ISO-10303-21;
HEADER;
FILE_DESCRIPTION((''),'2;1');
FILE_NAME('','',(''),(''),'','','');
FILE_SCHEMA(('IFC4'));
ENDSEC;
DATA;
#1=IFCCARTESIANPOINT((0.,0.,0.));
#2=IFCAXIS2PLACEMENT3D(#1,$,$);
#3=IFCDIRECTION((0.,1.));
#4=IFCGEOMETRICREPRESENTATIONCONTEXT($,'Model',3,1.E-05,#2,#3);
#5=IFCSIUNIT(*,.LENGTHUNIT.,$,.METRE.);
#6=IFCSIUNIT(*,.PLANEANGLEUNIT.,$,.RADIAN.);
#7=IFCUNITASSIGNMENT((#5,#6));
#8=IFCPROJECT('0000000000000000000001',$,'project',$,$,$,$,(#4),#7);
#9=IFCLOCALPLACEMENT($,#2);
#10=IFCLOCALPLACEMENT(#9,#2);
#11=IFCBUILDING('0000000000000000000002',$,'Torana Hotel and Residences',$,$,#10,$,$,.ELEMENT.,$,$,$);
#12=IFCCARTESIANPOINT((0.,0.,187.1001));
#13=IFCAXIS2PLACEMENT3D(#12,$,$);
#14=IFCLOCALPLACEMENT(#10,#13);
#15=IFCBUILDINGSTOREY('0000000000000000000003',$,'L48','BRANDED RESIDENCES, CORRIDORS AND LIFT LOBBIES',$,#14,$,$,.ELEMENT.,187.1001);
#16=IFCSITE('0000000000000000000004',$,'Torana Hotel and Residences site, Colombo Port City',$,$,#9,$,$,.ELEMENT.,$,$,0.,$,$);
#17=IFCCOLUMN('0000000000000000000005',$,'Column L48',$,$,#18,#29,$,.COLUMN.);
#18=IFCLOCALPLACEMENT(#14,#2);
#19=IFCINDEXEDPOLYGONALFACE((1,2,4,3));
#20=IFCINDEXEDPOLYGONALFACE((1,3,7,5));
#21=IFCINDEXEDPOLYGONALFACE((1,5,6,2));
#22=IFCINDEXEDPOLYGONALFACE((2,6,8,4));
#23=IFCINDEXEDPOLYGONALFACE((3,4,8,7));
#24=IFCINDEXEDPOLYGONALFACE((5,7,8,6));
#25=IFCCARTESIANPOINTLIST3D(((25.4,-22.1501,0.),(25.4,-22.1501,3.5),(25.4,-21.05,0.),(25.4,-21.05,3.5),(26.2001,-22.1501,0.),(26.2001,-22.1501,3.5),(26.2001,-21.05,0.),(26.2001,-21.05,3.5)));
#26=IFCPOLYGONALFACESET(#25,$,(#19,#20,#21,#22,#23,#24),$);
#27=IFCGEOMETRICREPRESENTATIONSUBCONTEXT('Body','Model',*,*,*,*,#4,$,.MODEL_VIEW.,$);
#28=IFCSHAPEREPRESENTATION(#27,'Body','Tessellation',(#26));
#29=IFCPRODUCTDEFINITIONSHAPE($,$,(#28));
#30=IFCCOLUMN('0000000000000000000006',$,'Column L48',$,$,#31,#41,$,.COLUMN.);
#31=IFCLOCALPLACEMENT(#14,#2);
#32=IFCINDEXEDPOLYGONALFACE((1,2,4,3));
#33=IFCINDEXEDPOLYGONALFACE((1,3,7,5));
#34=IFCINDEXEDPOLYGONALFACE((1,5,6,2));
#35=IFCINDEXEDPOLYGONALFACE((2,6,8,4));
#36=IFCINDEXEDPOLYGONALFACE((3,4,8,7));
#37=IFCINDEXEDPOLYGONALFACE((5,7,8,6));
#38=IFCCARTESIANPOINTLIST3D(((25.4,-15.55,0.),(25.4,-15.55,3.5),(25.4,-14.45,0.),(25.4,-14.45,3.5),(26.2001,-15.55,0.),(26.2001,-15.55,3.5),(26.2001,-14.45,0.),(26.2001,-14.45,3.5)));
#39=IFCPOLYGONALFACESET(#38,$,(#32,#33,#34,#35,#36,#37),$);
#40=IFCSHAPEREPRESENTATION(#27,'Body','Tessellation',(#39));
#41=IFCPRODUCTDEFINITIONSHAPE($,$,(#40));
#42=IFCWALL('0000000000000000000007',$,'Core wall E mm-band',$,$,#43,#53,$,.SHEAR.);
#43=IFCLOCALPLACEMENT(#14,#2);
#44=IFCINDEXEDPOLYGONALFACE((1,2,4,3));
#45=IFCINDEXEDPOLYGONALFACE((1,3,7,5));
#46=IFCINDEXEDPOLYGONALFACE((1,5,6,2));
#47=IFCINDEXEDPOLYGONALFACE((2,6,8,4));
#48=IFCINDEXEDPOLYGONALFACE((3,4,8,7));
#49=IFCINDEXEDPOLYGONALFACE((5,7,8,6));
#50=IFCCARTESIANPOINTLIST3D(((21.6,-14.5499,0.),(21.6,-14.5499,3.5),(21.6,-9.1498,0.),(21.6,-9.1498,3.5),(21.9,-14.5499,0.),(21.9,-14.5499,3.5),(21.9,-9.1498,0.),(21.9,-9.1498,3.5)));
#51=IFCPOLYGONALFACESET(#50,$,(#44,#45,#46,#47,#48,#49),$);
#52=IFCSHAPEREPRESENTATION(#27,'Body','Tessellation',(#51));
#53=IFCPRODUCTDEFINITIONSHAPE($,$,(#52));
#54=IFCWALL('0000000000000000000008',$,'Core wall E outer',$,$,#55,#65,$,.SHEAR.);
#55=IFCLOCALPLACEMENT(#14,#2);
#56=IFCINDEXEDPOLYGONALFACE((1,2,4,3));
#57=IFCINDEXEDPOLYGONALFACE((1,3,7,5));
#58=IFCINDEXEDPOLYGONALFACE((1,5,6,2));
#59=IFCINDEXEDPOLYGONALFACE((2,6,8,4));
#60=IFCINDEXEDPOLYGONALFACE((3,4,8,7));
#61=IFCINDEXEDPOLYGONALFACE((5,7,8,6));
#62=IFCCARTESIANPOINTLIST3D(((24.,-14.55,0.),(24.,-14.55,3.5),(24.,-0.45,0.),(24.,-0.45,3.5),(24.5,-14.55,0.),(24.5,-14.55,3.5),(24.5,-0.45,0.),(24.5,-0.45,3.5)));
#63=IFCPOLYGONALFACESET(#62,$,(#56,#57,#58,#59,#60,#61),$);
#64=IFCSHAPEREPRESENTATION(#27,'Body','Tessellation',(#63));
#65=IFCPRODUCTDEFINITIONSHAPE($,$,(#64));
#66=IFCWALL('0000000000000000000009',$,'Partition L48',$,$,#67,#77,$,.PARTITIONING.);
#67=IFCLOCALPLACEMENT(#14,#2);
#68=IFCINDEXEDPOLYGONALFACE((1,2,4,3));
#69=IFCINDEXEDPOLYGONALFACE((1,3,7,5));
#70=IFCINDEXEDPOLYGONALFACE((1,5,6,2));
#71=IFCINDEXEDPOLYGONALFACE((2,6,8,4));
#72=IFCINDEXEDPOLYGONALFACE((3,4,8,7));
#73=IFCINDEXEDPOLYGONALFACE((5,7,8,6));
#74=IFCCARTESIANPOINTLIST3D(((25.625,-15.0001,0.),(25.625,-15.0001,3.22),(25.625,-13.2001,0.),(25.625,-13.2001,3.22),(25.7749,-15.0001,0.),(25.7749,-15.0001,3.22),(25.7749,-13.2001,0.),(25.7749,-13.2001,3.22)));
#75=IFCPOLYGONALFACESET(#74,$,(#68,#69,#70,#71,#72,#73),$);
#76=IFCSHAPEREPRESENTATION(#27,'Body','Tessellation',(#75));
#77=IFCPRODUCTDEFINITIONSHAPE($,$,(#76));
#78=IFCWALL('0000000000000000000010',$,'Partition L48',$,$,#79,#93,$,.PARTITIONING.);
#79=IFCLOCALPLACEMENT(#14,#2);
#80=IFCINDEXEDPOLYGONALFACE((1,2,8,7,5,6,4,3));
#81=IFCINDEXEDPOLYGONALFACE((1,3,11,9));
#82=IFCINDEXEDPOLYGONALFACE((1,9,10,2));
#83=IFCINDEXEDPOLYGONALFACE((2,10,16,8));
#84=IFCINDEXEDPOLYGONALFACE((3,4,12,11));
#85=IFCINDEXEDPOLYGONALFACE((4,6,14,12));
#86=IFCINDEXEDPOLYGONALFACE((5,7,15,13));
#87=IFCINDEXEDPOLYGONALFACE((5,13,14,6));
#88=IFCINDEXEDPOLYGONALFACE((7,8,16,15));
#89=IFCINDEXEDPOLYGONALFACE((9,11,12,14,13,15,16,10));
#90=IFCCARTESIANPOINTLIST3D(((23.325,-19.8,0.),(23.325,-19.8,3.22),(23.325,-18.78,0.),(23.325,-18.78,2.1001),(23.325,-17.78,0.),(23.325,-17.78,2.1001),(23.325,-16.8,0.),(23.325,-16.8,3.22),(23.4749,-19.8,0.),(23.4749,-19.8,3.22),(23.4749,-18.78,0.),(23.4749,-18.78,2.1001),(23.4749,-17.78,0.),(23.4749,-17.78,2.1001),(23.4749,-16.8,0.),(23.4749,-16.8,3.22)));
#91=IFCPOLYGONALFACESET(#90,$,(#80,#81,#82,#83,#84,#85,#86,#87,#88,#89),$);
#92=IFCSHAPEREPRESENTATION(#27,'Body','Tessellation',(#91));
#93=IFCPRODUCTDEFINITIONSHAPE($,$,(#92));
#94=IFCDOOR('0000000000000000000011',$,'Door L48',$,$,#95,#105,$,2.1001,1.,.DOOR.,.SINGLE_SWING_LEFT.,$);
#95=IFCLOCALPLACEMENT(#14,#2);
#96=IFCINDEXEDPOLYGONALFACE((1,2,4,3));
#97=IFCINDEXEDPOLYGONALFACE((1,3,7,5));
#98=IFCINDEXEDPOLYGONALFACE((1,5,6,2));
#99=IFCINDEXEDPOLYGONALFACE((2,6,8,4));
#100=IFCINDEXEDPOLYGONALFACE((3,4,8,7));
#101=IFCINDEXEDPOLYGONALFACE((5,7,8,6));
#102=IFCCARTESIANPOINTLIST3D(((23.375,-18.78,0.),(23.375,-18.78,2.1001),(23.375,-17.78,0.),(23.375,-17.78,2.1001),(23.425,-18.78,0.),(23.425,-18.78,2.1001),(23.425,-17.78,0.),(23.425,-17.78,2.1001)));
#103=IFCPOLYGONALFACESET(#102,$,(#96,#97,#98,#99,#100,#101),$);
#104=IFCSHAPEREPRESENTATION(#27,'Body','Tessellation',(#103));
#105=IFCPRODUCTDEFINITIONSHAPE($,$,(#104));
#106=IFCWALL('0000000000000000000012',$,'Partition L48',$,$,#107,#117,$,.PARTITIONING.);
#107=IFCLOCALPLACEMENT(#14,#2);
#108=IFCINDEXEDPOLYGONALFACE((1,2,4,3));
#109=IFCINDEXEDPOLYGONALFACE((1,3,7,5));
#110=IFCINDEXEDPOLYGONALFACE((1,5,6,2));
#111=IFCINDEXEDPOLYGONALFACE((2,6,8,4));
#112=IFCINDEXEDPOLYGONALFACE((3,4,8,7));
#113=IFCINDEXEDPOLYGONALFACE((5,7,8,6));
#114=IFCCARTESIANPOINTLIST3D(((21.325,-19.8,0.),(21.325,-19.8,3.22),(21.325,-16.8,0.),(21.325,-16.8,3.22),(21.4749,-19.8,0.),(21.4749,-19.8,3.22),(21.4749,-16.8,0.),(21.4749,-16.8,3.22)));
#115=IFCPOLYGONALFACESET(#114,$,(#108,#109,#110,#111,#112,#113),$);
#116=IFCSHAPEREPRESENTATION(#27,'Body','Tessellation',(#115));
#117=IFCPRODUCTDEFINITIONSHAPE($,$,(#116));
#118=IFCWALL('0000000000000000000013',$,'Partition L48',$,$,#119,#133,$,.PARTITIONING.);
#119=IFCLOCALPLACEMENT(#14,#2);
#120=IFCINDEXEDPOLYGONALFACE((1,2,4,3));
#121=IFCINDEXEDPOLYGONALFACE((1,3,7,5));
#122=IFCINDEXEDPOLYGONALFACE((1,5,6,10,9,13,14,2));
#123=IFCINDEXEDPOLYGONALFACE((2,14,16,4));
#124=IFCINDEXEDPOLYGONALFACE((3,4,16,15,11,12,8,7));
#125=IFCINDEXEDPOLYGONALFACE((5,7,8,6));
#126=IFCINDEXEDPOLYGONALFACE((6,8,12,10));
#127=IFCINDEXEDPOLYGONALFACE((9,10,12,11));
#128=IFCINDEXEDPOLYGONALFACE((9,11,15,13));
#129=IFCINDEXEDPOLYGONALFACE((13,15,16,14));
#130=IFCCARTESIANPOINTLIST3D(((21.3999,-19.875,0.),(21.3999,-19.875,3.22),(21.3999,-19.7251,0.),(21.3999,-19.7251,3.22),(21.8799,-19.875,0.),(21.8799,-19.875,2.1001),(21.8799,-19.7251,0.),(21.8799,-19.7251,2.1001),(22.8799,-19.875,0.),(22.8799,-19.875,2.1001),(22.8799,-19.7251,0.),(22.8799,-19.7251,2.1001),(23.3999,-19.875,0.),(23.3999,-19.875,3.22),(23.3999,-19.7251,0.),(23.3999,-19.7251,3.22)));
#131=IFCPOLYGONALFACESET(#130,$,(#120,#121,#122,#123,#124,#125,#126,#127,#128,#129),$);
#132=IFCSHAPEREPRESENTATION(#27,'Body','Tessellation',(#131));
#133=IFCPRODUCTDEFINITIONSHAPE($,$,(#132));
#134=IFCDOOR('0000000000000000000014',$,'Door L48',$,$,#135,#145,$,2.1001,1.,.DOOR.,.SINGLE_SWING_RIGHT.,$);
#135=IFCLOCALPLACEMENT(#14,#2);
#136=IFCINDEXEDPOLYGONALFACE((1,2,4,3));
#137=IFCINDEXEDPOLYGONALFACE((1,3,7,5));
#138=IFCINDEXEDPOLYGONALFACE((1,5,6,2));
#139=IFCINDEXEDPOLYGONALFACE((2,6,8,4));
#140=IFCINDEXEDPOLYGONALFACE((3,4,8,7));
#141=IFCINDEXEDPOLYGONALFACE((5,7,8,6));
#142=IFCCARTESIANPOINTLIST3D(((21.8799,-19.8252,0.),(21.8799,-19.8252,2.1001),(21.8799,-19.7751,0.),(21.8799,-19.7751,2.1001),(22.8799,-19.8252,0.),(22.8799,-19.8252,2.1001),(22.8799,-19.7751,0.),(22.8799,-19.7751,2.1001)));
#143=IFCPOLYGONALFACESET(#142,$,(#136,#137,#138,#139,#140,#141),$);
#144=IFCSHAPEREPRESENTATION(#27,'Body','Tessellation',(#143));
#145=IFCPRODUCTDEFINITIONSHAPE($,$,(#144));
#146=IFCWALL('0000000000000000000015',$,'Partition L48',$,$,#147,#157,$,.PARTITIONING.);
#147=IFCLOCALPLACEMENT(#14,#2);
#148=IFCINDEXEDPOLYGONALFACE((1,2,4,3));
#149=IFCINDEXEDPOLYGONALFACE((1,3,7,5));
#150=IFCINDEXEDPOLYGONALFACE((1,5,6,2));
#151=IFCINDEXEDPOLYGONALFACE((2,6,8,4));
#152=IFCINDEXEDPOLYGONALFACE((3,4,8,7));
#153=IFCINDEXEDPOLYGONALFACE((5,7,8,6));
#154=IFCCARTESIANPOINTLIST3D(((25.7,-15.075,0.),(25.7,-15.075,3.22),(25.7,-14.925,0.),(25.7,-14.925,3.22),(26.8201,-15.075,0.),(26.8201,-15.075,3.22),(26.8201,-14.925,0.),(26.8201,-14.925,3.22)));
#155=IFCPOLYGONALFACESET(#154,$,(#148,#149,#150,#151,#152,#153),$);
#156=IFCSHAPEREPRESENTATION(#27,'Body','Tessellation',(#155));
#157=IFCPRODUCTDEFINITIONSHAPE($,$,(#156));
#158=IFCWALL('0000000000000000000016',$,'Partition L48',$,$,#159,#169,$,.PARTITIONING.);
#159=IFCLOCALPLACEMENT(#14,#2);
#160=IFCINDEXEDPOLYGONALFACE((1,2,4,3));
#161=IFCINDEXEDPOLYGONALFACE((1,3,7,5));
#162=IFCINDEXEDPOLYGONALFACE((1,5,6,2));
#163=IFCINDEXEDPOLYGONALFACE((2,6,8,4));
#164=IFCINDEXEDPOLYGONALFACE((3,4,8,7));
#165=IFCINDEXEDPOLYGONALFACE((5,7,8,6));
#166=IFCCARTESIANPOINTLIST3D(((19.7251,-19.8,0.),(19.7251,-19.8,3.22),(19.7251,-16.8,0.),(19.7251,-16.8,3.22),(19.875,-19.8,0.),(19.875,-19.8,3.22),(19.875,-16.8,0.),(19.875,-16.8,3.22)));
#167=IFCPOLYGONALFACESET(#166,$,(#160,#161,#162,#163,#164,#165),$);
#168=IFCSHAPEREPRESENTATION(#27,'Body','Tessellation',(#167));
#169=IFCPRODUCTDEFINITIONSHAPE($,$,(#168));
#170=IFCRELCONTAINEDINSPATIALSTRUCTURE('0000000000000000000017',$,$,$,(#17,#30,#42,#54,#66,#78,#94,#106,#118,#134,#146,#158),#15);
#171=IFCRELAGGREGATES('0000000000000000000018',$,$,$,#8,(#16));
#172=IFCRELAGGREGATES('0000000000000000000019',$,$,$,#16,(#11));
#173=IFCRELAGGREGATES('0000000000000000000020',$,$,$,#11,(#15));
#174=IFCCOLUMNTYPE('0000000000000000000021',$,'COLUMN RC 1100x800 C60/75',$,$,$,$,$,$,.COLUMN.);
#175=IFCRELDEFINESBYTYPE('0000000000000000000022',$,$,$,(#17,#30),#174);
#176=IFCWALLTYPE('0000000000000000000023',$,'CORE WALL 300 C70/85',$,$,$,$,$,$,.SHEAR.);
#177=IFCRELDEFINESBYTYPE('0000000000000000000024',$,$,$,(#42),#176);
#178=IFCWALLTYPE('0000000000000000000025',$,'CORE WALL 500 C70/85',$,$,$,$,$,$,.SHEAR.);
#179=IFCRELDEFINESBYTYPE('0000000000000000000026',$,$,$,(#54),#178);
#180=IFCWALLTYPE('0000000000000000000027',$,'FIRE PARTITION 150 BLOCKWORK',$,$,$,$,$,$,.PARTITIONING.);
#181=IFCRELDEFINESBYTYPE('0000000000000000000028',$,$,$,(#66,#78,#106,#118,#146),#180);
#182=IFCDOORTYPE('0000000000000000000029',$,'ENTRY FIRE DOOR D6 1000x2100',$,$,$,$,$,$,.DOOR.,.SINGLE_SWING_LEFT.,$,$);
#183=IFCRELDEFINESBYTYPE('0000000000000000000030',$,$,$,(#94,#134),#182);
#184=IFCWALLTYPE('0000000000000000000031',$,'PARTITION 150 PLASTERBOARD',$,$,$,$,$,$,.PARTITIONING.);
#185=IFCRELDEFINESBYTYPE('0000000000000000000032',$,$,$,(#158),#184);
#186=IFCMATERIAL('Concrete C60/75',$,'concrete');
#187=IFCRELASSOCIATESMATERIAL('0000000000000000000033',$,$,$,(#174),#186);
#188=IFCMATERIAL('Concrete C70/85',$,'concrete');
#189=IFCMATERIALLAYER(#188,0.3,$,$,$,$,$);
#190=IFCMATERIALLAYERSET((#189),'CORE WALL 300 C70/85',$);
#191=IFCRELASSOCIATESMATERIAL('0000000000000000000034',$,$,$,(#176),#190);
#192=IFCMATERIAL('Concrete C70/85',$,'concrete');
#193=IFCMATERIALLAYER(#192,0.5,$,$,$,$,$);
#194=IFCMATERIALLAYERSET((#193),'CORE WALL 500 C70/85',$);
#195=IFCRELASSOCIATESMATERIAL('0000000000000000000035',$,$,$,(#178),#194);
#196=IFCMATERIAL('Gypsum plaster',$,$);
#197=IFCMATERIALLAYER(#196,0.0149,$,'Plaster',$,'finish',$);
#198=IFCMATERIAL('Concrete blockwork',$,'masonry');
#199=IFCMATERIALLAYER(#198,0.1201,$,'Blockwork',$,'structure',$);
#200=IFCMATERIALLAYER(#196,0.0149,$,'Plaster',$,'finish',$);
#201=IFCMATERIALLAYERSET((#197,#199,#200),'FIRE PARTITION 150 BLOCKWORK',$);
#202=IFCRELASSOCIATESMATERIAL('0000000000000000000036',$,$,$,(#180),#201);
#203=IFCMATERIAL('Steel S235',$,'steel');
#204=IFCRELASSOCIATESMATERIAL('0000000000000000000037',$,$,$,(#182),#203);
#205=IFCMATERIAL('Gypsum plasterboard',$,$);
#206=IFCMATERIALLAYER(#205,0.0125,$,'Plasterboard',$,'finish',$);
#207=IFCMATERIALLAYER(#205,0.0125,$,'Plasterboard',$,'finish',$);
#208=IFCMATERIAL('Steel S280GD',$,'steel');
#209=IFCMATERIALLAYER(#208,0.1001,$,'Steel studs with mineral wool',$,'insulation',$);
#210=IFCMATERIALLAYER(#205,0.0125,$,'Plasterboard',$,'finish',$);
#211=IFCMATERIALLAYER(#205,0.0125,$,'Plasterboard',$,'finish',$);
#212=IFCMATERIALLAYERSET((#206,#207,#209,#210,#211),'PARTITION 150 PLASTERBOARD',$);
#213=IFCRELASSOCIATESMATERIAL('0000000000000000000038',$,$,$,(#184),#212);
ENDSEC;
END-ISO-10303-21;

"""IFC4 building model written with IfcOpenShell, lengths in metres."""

from ifc_helpers import new_model, si_unit, direction, frame, frame_2d, origin, origin_2d, place, context, subcontext, project, spatial, rectangle, extrude, material, layer, layer_set, material_profile, profile_set, type_object, element, fill, save


model = new_model("IFC4")

# Units and contexts
model_context = context("Model", 3, precision=1e-05, world=origin(), true_north=direction((0.0, 1.0)))
body_context = subcontext(model_context, "Body", "Model", "MODEL_VIEW")
ifc_project = project(units=[si_unit("LENGTHUNIT", "METRE"), si_unit("PLANEANGLEUNIT", "RADIAN")], contexts=[model_context])

# Site, building, storey
site_placement = place(None, origin())
site = spatial("IfcSite", under=ifc_project, at=site_placement, Name="Torana Hotel and Residences site, Colombo Port City", CompositionType="ELEMENT", RefElevation=0.0)
building_placement = place(site_placement, origin())
building = spatial("IfcBuilding", under=site, at=building_placement, Name="Torana Hotel and Residences", CompositionType="ELEMENT")
storey_placement = place(building_placement, frame((0.0, 0.0, 187.1001)))
storey = spatial("IfcBuildingStorey", under=building, at=storey_placement, Name="L48", Description="BRANDED RESIDENCES, CORRIDORS AND LIFT LOBBIES", CompositionType="ELEMENT", Elevation=187.1001)

# Columns
ifc_material_1 = material(Name="Concrete C60/75", Category="concrete")
ifc_material_profile = material_profile(ifc_material_1, rectangle(XDim=1.1001, YDim=0.8, at=origin_2d()), Name="RC 1100x800")
ifc_profile_set = profile_set([ifc_material_profile], Name="Concrete C60/75")
column_type = type_object("IfcColumnType", Name="COLUMN RC 1100x800 C60/75", PredefinedType="COLUMN", material=ifc_profile_set)
for number, where, z_axis, x_axis, name in (
    (1, (25.8, -21.6001, 0.0), (0.0, 0.0, 1.0), (0.0, 1.0, 0.0), "Column L48"),
    (2, (25.8, -15.0, 0.0), (0.0, 0.0, 1.0), (0.0, 1.0, 0.0), "Column L48"),
):
    element("IfcColumn", number, at=place(storey_placement, frame(where, z_axis=z_axis, x_axis=x_axis)), inside=storey, type_object=column_type, Name=name, PredefinedType="COLUMN", context=body_context, shape_type="SweptSolid", body=[
        extrude(rectangle(XDim=1.1001, YDim=0.8, at=origin_2d()), origin(), (0.0, 0.0, 1.0), 3.5),
    ])

# Walls
ifc_material_2 = material(Name="Concrete C70/85", Category="concrete")
ifc_layer_1 = layer(ifc_material_2, 0.3)
ifc_layer_set_1 = layer_set([ifc_layer_1], Name="CORE WALL 300 C70/85")
wall_type_1 = type_object("IfcWallType", Name="CORE WALL 300 C70/85", PredefinedType="SHEAR", material=ifc_layer_set_1)
wall_1_placement = place(storey_placement, frame((21.75, -14.55, 0.0), z_axis=(0.0, 0.0, 1.0), x_axis=(0.0, 1.0, 0.0)))
element("IfcWall", 3, at=wall_1_placement, inside=storey, type_object=wall_type_1, Name="Core wall E mm-band", PredefinedType="SHEAR", context=body_context, shape_type="SweptSolid", body=[
    extrude(rectangle(XDim=5.4001, YDim=0.3, at=frame_2d((2.7002, 0.0))), origin(), (0.0, 0.0, 1.0), 3.5),
])
ifc_material_3 = material(Name="Concrete C70/85", Category="concrete")
ifc_layer_2 = layer(ifc_material_3, 0.5)
ifc_layer_set_2 = layer_set([ifc_layer_2], Name="CORE WALL 500 C70/85")
wall_type_2 = type_object("IfcWallType", Name="CORE WALL 500 C70/85", PredefinedType="SHEAR", material=ifc_layer_set_2)
wall_2_placement = place(storey_placement, frame((24.25, -14.55, 0.0), z_axis=(0.0, 0.0, 1.0), x_axis=(0.0, 1.0, 0.0)))
element("IfcWall", 4, at=wall_2_placement, inside=storey, type_object=wall_type_2, Name="Core wall E outer", PredefinedType="SHEAR", context=body_context, shape_type="SweptSolid", body=[
    extrude(rectangle(XDim=14.1001, YDim=0.5, at=frame_2d((7.05, 0.0))), origin(), (0.0, 0.0, 1.0), 3.5),
])
ifc_material_4 = material(Name="Gypsum plaster")
ifc_layer_3 = layer(ifc_material_4, 0.0149, Name="Plaster", Category="finish")
ifc_material_5 = material(Name="Concrete blockwork", Category="masonry")
ifc_layer_4 = layer(ifc_material_5, 0.1201, Name="Blockwork", Category="structure")
ifc_layer_5 = layer(ifc_material_4, 0.0149, Name="Plaster", Category="finish")
ifc_layer_set_3 = layer_set([ifc_layer_3, ifc_layer_4, ifc_layer_5], Name="FIRE PARTITION 150 BLOCKWORK")
wall_type_3 = type_object("IfcWallType", Name="FIRE PARTITION 150 BLOCKWORK", PredefinedType="PARTITIONING", material=ifc_layer_set_3)
wall_3_placement = place(storey_placement, frame((25.7, -15.0, 0.0), z_axis=(0.0, 0.0, 1.0), x_axis=(0.0, 1.0, 0.0)))
element("IfcWall", 5, at=wall_3_placement, inside=storey, type_object=wall_type_3, Name="Partition L48", PredefinedType="PARTITIONING", context=body_context, shape_type="SweptSolid", body=[
    extrude(rectangle(XDim=1.8, YDim=0.1499, at=frame_2d((0.8999, 0.0))), origin(), (0.0, 0.0, 1.0), 3.22),
])

# Wall, opening, door
wall_4_placement = place(storey_placement, frame((23.3999, -19.8, 0.0), z_axis=(0.0, 0.0, 1.0), x_axis=(0.0, 1.0, 0.0)))
wall_4 = element("IfcWall", 6, at=wall_4_placement, inside=storey, type_object=wall_type_3, Name="Partition L48", PredefinedType="PARTITIONING", context=body_context, shape_type="SweptSolid", body=[
    extrude(rectangle(XDim=3.0, YDim=0.1499, at=frame_2d((1.5, 0.0))), origin(), (0.0, 0.0, 1.0), 3.22),
])
opening_1_placement = place(wall_4_placement, frame((1.02, 0.0, 0.0)))
opening_1 = element("IfcOpeningElement", 7, at=opening_1_placement, cuts=wall_4, PredefinedType="OPENING", context=body_context, shape_type="SweptSolid", body=[
    extrude(rectangle(XDim=1.0, YDim=2.1001, at=frame_2d((0.5, 1.05))), frame((0.0, 0.085, 0.0), z_axis=(0.0, -1.0, 0.0), x_axis=(1.0, 0.0, 0.0)), (0.0, 0.0, 1.0), 0.1699),
])
ifc_material_6 = material(Name="Steel S235", Category="steel")
door_type = type_object("IfcDoorType", Name="ENTRY FIRE DOOR D6 1000x2100", OperationType="SINGLE_SWING_LEFT", PredefinedType="DOOR", material=ifc_material_6)
door_1_placement = place(opening_1_placement, frame((0.5, 0.0, 0.0), z_axis=(0.0, 0.0, 1.0), x_axis=(-1.0, 0.0, 0.0)))
door_1 = element("IfcDoor", 8, at=door_1_placement, inside=storey, type_object=door_type, Name="Door L48", OperationType="SINGLE_SWING_LEFT", OverallHeight=2.1001, OverallWidth=1.0, PredefinedType="DOOR", context=body_context, shape_type="SweptSolid", body=[
    extrude(rectangle(XDim=1.0, YDim=2.1001, at=frame_2d((0.0, 1.05))), frame((0.0, -0.0249, 0.0), z_axis=(0.0, 1.0, 0.0), x_axis=(-1.0, 0.0, 0.0)), (0.0, 0.0, 1.0), 0.05),
])
fill(opening_1, door_1)

# Wall
wall_5_placement = place(storey_placement, frame((21.3999, -19.8, 0.0), z_axis=(0.0, 0.0, 1.0), x_axis=(0.0, 1.0, 0.0)))
element("IfcWall", 9, at=wall_5_placement, inside=storey, type_object=wall_type_3, Name="Partition L48", PredefinedType="PARTITIONING", context=body_context, shape_type="SweptSolid", body=[
    extrude(rectangle(XDim=3.0, YDim=0.1499, at=frame_2d((1.5, 0.0))), origin(), (0.0, 0.0, 1.0), 3.22),
])

# Wall, opening, door
wall_6_placement = place(storey_placement, frame((21.3999, -19.8, 0.0), z_axis=(0.0, 0.0, 1.0), x_axis=(1.0, 0.0, 0.0)))
wall_6 = element("IfcWall", 10, at=wall_6_placement, inside=storey, type_object=wall_type_3, Name="Partition L48", PredefinedType="PARTITIONING", context=body_context, shape_type="SweptSolid", body=[
    extrude(rectangle(XDim=2.0, YDim=0.1499, at=frame_2d((1.0, 0.0))), origin(), (0.0, 0.0, 1.0), 3.22),
])
opening_2_placement = place(wall_6_placement, frame((0.48, 0.0, 0.0)))
opening_2 = element("IfcOpeningElement", 11, at=opening_2_placement, cuts=wall_6, PredefinedType="OPENING", context=body_context, shape_type="SweptSolid", body=[
    extrude(rectangle(XDim=1.0, YDim=2.1001, at=frame_2d((0.5, 1.05))), frame((0.0, 0.085, 0.0), z_axis=(0.0, -1.0, 0.0), x_axis=(1.0, 0.0, 0.0)), (0.0, 0.0, 1.0), 0.1699),
])
door_2_placement = place(opening_2_placement, frame((0.5, 0.0, 0.0), z_axis=(0.0, 0.0, 1.0), x_axis=(-1.0, 0.0, 0.0)))
door_2 = element("IfcDoor", 12, at=door_2_placement, inside=storey, type_object=door_type, Name="Door L48", OperationType="SINGLE_SWING_RIGHT", OverallHeight=2.1001, OverallWidth=1.0, PredefinedType="DOOR", context=body_context, shape_type="SweptSolid", body=[
    extrude(rectangle(XDim=1.0, YDim=2.1001, at=frame_2d((0.0, 1.05))), frame((0.0, -0.0249, 0.0), z_axis=(0.0, 1.0, 0.0), x_axis=(-1.0, 0.0, 0.0)), (0.0, 0.0, 1.0), 0.05),
])
fill(opening_2, door_2)

# Walls
wall_7_placement = place(storey_placement, frame((25.7, -15.0, 0.0), z_axis=(0.0, 0.0, 1.0), x_axis=(1.0, 0.0, 0.0)))
element("IfcWall", 13, at=wall_7_placement, inside=storey, type_object=wall_type_3, Name="Partition L48", PredefinedType="PARTITIONING", context=body_context, shape_type="SweptSolid", body=[
    extrude(rectangle(XDim=1.1201, YDim=0.1499, at=frame_2d((0.5601, 0.0))), origin(), (0.0, 0.0, 1.0), 3.22),
])
ifc_material_7 = material(Name="Gypsum plasterboard")
ifc_layer_6 = layer(ifc_material_7, 0.0125, Name="Plasterboard", Category="finish")
ifc_layer_7 = layer(ifc_material_7, 0.0125, Name="Plasterboard", Category="finish")
ifc_material_8 = material(Name="Steel S280GD", Category="steel")
ifc_layer_8 = layer(ifc_material_8, 0.1001, Name="Steel studs with mineral wool", Category="insulation")
ifc_layer_9 = layer(ifc_material_7, 0.0125, Name="Plasterboard", Category="finish")
ifc_layer_10 = layer(ifc_material_7, 0.0125, Name="Plasterboard", Category="finish")
ifc_layer_set_4 = layer_set([ifc_layer_6, ifc_layer_7, ifc_layer_8, ifc_layer_9, ifc_layer_10], Name="PARTITION 150 PLASTERBOARD")
wall_type_4 = type_object("IfcWallType", Name="PARTITION 150 PLASTERBOARD", PredefinedType="PARTITIONING", material=ifc_layer_set_4)
wall_8_placement = place(storey_placement, frame((19.8, -19.8, 0.0), z_axis=(0.0, 0.0, 1.0), x_axis=(0.0, 1.0, 0.0)))
element("IfcWall", 14, at=wall_8_placement, inside=storey, type_object=wall_type_4, Name="Partition L48", PredefinedType="PARTITIONING", context=body_context, shape_type="SweptSolid", body=[
    extrude(rectangle(XDim=3.0, YDim=0.1499, at=frame_2d((1.5, 0.0))), origin(), (0.0, 0.0, 1.0), 3.22),
])

save(model, "model.ifc")
